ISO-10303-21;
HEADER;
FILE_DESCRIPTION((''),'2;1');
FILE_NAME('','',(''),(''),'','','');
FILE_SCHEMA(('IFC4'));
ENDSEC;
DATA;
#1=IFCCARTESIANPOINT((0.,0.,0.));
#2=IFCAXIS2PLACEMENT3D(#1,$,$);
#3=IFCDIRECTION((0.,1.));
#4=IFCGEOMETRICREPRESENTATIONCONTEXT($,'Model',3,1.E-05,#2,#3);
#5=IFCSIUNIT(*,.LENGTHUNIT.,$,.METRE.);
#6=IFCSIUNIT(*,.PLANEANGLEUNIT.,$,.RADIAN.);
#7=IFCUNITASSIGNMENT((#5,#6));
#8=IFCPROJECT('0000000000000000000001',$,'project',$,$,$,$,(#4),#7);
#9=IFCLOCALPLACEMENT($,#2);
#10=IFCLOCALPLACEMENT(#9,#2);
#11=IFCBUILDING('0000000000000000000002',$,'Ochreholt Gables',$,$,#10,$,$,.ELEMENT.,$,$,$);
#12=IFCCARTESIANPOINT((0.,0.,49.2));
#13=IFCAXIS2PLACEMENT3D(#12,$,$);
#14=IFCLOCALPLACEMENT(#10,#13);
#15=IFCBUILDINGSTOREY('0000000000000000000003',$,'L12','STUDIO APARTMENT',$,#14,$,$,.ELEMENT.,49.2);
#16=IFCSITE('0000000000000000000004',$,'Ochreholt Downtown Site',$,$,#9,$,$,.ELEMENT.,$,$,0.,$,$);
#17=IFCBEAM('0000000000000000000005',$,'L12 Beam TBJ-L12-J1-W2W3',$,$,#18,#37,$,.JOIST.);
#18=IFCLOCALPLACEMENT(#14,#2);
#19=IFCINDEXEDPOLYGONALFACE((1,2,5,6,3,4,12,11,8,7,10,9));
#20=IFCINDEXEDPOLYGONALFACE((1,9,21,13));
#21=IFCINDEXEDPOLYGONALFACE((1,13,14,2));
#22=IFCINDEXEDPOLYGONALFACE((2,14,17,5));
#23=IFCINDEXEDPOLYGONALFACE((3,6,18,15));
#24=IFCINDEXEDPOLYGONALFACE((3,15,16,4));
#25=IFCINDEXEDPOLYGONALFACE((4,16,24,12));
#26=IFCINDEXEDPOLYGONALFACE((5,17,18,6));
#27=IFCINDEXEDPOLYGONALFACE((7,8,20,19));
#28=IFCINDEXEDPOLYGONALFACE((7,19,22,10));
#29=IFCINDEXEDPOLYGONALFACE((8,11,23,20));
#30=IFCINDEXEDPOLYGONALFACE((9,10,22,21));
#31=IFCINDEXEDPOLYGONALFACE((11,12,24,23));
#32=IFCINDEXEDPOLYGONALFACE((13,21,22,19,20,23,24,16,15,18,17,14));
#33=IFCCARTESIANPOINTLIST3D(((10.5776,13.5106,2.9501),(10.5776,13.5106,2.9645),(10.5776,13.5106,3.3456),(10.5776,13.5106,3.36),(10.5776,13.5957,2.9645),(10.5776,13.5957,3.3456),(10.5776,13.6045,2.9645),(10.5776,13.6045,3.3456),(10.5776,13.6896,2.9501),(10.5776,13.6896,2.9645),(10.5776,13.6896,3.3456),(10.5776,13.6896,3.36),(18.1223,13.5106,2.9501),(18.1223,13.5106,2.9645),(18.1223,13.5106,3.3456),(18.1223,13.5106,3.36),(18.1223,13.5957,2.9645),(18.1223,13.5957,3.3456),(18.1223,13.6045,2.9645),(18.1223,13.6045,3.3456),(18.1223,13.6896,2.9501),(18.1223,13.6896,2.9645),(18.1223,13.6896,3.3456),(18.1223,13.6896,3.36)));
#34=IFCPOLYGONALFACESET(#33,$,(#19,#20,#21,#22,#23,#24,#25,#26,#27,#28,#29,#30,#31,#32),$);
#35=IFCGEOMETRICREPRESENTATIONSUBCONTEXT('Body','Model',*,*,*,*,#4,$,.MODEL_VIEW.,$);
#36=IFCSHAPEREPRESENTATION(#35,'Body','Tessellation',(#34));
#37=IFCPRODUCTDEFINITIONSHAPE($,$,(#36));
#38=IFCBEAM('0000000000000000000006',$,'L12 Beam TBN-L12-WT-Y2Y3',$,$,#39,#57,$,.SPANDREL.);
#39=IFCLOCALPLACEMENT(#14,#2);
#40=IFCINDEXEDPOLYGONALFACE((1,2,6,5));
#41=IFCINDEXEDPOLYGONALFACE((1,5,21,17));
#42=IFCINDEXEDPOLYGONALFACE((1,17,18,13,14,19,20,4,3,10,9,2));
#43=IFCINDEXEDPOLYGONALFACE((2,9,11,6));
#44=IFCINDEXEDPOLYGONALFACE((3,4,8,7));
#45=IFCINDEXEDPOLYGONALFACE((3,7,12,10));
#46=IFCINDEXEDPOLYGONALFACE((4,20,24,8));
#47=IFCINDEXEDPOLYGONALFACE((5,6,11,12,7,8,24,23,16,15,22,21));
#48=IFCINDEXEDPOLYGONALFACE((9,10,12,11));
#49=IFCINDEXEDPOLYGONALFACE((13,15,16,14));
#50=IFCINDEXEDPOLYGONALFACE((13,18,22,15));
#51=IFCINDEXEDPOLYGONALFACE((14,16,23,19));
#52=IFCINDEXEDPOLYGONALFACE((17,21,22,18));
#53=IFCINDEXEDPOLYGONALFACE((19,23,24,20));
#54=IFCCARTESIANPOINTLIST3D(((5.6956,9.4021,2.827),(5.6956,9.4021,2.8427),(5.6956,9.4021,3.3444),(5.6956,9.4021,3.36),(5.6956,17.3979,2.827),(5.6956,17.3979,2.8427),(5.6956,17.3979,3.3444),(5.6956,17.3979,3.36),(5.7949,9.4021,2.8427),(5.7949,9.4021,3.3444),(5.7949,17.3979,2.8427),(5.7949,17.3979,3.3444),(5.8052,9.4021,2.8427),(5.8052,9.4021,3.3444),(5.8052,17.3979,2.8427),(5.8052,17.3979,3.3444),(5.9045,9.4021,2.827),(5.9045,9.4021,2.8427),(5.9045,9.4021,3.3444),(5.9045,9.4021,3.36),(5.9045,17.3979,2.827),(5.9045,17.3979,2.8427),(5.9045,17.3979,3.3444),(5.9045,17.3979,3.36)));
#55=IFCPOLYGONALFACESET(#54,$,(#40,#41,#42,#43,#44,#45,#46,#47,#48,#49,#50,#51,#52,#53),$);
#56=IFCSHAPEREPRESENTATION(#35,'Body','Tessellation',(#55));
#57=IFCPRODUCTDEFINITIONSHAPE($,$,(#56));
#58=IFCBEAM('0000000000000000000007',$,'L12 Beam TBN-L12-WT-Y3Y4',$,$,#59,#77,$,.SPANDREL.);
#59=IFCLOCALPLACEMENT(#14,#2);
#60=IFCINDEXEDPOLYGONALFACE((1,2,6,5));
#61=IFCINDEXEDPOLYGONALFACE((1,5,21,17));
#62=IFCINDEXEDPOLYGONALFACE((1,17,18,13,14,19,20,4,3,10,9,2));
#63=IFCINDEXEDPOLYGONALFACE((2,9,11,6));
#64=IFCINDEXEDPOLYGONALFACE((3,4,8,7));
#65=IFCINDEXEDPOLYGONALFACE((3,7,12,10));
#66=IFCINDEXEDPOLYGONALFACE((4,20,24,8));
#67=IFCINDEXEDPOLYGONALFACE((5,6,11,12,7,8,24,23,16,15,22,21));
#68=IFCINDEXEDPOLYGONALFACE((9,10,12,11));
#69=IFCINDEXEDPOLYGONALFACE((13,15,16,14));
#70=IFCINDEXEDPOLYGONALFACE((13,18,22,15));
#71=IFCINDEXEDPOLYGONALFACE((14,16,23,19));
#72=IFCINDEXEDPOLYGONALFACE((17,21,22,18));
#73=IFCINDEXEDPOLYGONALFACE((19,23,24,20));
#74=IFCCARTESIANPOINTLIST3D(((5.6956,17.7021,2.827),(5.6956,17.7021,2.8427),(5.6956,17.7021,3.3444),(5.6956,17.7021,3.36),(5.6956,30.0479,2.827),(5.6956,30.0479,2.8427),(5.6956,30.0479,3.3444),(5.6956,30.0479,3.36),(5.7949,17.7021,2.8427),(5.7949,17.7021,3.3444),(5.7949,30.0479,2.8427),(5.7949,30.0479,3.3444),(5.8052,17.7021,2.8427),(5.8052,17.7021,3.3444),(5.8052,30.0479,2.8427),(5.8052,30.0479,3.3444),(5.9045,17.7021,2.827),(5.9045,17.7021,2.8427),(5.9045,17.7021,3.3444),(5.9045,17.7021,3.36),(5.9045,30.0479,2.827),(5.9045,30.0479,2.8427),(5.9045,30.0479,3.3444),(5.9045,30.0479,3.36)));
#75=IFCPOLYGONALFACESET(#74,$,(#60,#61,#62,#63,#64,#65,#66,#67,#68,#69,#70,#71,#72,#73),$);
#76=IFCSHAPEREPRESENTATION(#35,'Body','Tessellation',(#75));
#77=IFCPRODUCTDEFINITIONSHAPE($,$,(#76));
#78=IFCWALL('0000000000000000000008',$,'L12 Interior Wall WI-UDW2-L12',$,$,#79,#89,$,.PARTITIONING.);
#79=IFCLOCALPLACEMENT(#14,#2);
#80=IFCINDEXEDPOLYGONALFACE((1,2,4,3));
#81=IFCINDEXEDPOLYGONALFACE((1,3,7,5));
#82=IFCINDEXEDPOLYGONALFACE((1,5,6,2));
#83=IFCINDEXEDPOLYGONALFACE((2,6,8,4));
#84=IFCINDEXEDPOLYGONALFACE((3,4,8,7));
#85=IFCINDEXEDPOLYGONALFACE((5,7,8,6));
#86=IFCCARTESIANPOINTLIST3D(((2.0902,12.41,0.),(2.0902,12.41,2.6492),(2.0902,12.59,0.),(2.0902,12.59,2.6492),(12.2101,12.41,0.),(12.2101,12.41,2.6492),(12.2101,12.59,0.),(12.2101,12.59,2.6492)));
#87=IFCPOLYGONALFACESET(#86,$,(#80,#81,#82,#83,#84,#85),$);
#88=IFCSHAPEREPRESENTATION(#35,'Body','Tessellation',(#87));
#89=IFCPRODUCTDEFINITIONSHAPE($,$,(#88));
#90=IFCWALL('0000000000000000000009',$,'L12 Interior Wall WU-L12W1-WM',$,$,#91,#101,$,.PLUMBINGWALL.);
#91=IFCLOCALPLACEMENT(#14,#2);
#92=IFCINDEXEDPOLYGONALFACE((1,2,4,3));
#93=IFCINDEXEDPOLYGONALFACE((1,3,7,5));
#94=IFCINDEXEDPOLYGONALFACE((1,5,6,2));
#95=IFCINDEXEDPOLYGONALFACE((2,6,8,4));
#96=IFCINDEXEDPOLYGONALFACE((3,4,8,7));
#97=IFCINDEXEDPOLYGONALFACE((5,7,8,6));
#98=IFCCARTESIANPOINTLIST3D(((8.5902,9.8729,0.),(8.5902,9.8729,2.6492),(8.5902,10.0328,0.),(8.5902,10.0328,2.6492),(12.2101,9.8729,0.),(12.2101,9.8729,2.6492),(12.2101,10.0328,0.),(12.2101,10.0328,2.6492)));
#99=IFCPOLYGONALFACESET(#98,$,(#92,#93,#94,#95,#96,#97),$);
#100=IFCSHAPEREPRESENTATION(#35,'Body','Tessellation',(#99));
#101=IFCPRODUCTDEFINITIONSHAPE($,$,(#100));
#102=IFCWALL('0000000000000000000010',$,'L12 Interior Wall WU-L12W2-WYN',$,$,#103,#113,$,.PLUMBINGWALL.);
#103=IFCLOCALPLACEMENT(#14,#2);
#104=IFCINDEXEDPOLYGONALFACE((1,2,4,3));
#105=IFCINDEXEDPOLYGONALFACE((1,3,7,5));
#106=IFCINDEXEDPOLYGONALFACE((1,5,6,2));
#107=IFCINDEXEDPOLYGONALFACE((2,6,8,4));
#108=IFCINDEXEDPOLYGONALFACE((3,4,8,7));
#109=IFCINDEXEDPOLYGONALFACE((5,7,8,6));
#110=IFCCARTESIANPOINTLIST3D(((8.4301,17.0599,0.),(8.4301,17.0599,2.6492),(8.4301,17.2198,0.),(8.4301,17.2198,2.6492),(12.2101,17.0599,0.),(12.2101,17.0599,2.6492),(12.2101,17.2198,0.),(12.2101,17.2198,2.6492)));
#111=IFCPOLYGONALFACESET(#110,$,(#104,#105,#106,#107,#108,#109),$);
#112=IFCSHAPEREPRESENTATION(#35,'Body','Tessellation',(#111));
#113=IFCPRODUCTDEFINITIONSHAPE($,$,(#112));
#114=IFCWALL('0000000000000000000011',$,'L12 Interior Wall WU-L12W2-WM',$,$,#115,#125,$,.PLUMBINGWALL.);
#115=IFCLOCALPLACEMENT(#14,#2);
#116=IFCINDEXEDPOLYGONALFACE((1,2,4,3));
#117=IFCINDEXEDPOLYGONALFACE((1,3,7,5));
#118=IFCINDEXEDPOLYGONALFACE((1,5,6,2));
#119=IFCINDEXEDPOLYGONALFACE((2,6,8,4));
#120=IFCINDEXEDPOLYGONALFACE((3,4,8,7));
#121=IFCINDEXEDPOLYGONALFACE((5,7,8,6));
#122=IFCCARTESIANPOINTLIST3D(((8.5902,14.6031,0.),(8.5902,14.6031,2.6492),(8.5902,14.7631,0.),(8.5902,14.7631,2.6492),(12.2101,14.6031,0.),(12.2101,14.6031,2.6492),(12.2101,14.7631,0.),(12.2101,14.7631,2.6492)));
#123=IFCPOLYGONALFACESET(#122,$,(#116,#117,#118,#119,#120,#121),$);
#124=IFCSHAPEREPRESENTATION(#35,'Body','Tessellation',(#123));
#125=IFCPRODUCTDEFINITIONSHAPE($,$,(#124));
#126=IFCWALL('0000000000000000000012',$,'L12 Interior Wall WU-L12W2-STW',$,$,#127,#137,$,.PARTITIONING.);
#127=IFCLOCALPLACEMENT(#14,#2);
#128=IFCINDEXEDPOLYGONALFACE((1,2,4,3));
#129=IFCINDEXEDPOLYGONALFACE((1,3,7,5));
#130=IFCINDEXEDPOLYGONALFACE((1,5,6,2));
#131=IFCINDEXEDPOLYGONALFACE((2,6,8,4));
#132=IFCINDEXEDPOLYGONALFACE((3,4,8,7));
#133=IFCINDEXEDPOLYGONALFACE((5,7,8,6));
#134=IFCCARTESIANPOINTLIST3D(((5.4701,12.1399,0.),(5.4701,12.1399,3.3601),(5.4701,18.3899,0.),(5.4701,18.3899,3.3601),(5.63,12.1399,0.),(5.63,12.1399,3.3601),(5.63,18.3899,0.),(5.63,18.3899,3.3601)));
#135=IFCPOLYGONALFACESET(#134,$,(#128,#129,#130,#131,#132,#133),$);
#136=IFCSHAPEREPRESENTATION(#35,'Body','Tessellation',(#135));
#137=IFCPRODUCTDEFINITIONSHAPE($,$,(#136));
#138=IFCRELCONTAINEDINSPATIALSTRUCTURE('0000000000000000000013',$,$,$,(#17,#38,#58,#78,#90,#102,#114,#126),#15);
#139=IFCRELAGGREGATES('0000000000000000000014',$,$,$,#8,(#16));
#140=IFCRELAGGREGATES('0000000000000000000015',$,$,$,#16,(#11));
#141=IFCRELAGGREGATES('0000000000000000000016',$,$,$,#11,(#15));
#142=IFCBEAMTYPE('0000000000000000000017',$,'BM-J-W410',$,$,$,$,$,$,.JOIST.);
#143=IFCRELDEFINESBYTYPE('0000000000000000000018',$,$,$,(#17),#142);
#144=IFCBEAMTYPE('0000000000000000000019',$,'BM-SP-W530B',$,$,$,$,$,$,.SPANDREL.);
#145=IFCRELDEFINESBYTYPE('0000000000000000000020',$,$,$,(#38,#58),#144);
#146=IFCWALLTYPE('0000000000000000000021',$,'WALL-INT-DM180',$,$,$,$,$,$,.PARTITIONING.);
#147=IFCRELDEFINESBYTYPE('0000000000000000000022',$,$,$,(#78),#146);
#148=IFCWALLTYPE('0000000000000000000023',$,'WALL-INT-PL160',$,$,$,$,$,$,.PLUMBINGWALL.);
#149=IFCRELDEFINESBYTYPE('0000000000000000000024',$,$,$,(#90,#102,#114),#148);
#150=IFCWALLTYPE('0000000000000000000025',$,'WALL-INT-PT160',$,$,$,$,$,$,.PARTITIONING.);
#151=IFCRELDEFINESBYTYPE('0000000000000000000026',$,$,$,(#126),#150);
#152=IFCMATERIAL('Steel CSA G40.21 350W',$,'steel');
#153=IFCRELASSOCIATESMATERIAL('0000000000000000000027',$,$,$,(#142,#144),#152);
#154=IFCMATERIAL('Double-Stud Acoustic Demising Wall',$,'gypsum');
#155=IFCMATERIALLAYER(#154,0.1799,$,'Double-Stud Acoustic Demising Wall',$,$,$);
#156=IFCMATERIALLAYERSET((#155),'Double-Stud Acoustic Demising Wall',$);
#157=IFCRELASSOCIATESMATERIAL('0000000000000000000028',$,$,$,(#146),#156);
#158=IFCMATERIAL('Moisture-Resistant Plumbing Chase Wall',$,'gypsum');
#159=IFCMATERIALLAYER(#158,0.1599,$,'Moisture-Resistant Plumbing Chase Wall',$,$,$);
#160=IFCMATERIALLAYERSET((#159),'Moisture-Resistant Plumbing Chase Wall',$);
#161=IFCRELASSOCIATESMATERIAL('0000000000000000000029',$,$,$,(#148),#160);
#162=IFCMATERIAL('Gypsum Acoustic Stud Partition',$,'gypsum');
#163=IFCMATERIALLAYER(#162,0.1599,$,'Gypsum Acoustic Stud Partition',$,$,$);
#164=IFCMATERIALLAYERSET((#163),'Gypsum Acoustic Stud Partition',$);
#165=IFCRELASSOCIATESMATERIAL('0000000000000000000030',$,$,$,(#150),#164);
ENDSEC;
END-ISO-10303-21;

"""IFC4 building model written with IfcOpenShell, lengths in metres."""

from ifc_helpers import new_model, si_unit, direction, frame, frame_2d, origin, origin_2d, place, context, subcontext, project, spatial, rectangle, i_section, extrude, material, layer, layer_set, material_profile, profile_set, type_object, element, save


model = new_model("IFC4")

# Units and contexts
model_context = context("Model", 3, precision=1e-05, world=origin(), true_north=direction((0.0, 1.0)))
body_context = subcontext(model_context, "Body", "Model", "MODEL_VIEW")
ifc_project = project(units=[si_unit("LENGTHUNIT", "METRE"), si_unit("PLANEANGLEUNIT", "RADIAN")], contexts=[model_context])

# Site, building, storey
site_placement = place(None, origin())
site = spatial("IfcSite", under=ifc_project, at=site_placement, Name="Ochreholt Downtown Site", CompositionType="ELEMENT", RefElevation=0.0)
building_placement = place(site_placement, origin())
building = spatial("IfcBuilding", under=site, at=building_placement, Name="Ochreholt Gables", CompositionType="ELEMENT")
storey_placement = place(building_placement, frame((0.0, 0.0, 49.2)))
storey = spatial("IfcBuildingStorey", under=building, at=storey_placement, Name="L12", Description="STUDIO APARTMENT", CompositionType="ELEMENT", Elevation=49.2)

# Shared definitions
ifc_material_1 = material(Name="Steel CSA G40.21 350W", Category="steel")

# Beams
ifc_material_profile_1 = material_profile(ifc_material_1, i_section(OverallWidth=0.179, OverallDepth=0.4099, WebThickness=0.0088, FlangeThickness=0.0144, at=origin_2d()), Name="W410X67")
ifc_profile_set_1 = profile_set([ifc_material_profile_1], Name="Steel CSA G40.21 350W")
beam_type_1 = type_object("IfcBeamType", Name="BM-J-W410", PredefinedType="JOIST", material=ifc_profile_set_1)
beam_1_placement = place(storey_placement, frame((10.5776, 13.6001, 3.155), z_axis=(1.0, 0.0, 0.0), x_axis=(0.0, 1.0, 0.0)))
element("IfcBeam", 1, at=beam_1_placement, inside=storey, type_object=beam_type_1, Name="L12 Beam TBJ-L12-J1-W2W3", PredefinedType="JOIST", context=body_context, shape_type="SweptSolid", body=[
    extrude(i_section(OverallWidth=0.179, OverallDepth=0.4099, WebThickness=0.0088, FlangeThickness=0.0144, at=origin_2d()), origin(), (0.0, 0.0, 1.0), 7.5447),
])
ifc_material_profile_2 = material_profile(ifc_material_1, i_section(OverallWidth=0.209, OverallDepth=0.533, WebThickness=0.0103, FlangeThickness=0.0156, at=origin_2d()), Name="W530X92")
ifc_profile_set_2 = profile_set([ifc_material_profile_2], Name="Steel CSA G40.21 350W")
beam_type_2 = type_object("IfcBeamType", Name="BM-SP-W530B", PredefinedType="SPANDREL", material=ifc_profile_set_2)
beam_2_placement = place(storey_placement, frame((5.8, 9.4021, 3.0935), z_axis=(0.0, 1.0, 0.0), x_axis=(-1.0, 0.0, 0.0)))
element("IfcBeam", 2, at=beam_2_placement, inside=storey, type_object=beam_type_2, Name="L12 Beam TBN-L12-WT-Y2Y3", PredefinedType="SPANDREL", context=body_context, shape_type="SweptSolid", body=[
    extrude(i_section(OverallWidth=0.209, OverallDepth=0.533, WebThickness=0.0103, FlangeThickness=0.0156, at=origin_2d()), origin(), (0.0, 0.0, 1.0), 7.9958),
])
beam_3_placement = place(storey_placement, frame((5.8, 17.7021, 3.0935), z_axis=(0.0, 1.0, 0.0), x_axis=(-1.0, 0.0, 0.0)))
element("IfcBeam", 3, at=beam_3_placement, inside=storey, type_object=beam_type_2, Name="L12 Beam TBN-L12-WT-Y3Y4", PredefinedType="SPANDREL", context=body_context, shape_type="SweptSolid", body=[
    extrude(i_section(OverallWidth=0.209, OverallDepth=0.533, WebThickness=0.0103, FlangeThickness=0.0156, at=origin_2d()), origin(), (0.0, 0.0, 1.0), 12.3457),
])

# Walls
ifc_material_2 = material(Name="Double-Stud Acoustic Demising Wall", Category="gypsum")
ifc_layer_1 = layer(ifc_material_2, 0.1799, Name="Double-Stud Acoustic Demising Wall")
ifc_layer_set_1 = layer_set([ifc_layer_1], Name="Double-Stud Acoustic Demising Wall")
wall_type_1 = type_object("IfcWallType", Name="WALL-INT-DM180", PredefinedType="PARTITIONING", material=ifc_layer_set_1)
wall_1_placement = place(storey_placement, frame((2.0901, 12.5, 0.0), z_axis=(0.0, 0.0, 1.0), x_axis=(1.0, 0.0, 0.0)))
element("IfcWall", 4, at=wall_1_placement, inside=storey, type_object=wall_type_1, Name="L12 Interior Wall WI-UDW2-L12", PredefinedType="PARTITIONING", context=body_context, shape_type="SweptSolid", body=[
    extrude(rectangle(XDim=10.1199, YDim=0.1799, at=frame_2d((5.0601, 0.0))), origin(), (0.0, 0.0, 1.0), 2.6492),
])
ifc_material_3 = material(Name="Moisture-Resistant Plumbing Chase Wall", Category="gypsum")
ifc_layer_2 = layer(ifc_material_3, 0.1599, Name="Moisture-Resistant Plumbing Chase Wall")
ifc_layer_set_2 = layer_set([ifc_layer_2], Name="Moisture-Resistant Plumbing Chase Wall")
wall_type_2 = type_object("IfcWallType", Name="WALL-INT-PL160", PredefinedType="PLUMBINGWALL", material=ifc_layer_set_2)
wall_2_placement = place(storey_placement, frame((8.5901, 9.9529, 0.0), z_axis=(0.0, 0.0, 1.0), x_axis=(1.0, 0.0, 0.0)))
element("IfcWall", 5, at=wall_2_placement, inside=storey, type_object=wall_type_2, Name="L12 Interior Wall WU-L12W1-WM", PredefinedType="PLUMBINGWALL", context=body_context, shape_type="SweptSolid", body=[
    extrude(rectangle(XDim=3.6199, YDim=0.1599, at=frame_2d((1.8101, 0.0))), origin(), (0.0, 0.0, 1.0), 2.6492),
])
wall_3_placement = place(storey_placement, frame((8.4299, 17.1399, 0.0), z_axis=(0.0, 0.0, 1.0), x_axis=(1.0, 0.0, 0.0)))
element("IfcWall", 6, at=wall_3_placement, inside=storey, type_object=wall_type_2, Name="L12 Interior Wall WU-L12W2-WYN", PredefinedType="PLUMBINGWALL", context=body_context, shape_type="SweptSolid", body=[
    extrude(rectangle(XDim=3.78, YDim=0.1599, at=frame_2d((1.8901, 0.0))), origin(), (0.0, 0.0, 1.0), 2.6492),
])

# Walls
wall_4_placement = place(storey_placement, frame((8.5901, 14.6831, 0.0), z_axis=(0.0, 0.0, 1.0), x_axis=(1.0, 0.0, 0.0)))
element("IfcWall", 7, at=wall_4_placement, inside=storey, type_object=wall_type_2, Name="L12 Interior Wall WU-L12W2-WM", PredefinedType="PLUMBINGWALL", context=body_context, shape_type="SweptSolid", body=[
    extrude(rectangle(XDim=3.6199, YDim=0.1599, at=frame_2d((1.8101, 0.0))), origin(), (0.0, 0.0, 1.0), 2.6492),
])
ifc_material_4 = material(Name="Gypsum Acoustic Stud Partition", Category="gypsum")
ifc_layer_3 = layer(ifc_material_4, 0.1599, Name="Gypsum Acoustic Stud Partition")
ifc_layer_set_3 = layer_set([ifc_layer_3], Name="Gypsum Acoustic Stud Partition")
wall_type_3 = type_object("IfcWallType", Name="WALL-INT-PT160", PredefinedType="PARTITIONING", material=ifc_layer_set_3)
wall_5_placement = place(storey_placement, frame((5.55, 12.1399, 0.0), z_axis=(0.0, 0.0, 1.0), x_axis=(0.0, 1.0, 0.0)))
element("IfcWall", 8, at=wall_5_placement, inside=storey, type_object=wall_type_3, Name="L12 Interior Wall WU-L12W2-STW", PredefinedType="PARTITIONING", context=body_context, shape_type="SweptSolid", body=[
    extrude(rectangle(XDim=6.25, YDim=0.1599, at=frame_2d((3.125, 0.0))), origin(), (0.0, 0.0, 1.0), 3.3601),
])

save(model, "model.ifc")
